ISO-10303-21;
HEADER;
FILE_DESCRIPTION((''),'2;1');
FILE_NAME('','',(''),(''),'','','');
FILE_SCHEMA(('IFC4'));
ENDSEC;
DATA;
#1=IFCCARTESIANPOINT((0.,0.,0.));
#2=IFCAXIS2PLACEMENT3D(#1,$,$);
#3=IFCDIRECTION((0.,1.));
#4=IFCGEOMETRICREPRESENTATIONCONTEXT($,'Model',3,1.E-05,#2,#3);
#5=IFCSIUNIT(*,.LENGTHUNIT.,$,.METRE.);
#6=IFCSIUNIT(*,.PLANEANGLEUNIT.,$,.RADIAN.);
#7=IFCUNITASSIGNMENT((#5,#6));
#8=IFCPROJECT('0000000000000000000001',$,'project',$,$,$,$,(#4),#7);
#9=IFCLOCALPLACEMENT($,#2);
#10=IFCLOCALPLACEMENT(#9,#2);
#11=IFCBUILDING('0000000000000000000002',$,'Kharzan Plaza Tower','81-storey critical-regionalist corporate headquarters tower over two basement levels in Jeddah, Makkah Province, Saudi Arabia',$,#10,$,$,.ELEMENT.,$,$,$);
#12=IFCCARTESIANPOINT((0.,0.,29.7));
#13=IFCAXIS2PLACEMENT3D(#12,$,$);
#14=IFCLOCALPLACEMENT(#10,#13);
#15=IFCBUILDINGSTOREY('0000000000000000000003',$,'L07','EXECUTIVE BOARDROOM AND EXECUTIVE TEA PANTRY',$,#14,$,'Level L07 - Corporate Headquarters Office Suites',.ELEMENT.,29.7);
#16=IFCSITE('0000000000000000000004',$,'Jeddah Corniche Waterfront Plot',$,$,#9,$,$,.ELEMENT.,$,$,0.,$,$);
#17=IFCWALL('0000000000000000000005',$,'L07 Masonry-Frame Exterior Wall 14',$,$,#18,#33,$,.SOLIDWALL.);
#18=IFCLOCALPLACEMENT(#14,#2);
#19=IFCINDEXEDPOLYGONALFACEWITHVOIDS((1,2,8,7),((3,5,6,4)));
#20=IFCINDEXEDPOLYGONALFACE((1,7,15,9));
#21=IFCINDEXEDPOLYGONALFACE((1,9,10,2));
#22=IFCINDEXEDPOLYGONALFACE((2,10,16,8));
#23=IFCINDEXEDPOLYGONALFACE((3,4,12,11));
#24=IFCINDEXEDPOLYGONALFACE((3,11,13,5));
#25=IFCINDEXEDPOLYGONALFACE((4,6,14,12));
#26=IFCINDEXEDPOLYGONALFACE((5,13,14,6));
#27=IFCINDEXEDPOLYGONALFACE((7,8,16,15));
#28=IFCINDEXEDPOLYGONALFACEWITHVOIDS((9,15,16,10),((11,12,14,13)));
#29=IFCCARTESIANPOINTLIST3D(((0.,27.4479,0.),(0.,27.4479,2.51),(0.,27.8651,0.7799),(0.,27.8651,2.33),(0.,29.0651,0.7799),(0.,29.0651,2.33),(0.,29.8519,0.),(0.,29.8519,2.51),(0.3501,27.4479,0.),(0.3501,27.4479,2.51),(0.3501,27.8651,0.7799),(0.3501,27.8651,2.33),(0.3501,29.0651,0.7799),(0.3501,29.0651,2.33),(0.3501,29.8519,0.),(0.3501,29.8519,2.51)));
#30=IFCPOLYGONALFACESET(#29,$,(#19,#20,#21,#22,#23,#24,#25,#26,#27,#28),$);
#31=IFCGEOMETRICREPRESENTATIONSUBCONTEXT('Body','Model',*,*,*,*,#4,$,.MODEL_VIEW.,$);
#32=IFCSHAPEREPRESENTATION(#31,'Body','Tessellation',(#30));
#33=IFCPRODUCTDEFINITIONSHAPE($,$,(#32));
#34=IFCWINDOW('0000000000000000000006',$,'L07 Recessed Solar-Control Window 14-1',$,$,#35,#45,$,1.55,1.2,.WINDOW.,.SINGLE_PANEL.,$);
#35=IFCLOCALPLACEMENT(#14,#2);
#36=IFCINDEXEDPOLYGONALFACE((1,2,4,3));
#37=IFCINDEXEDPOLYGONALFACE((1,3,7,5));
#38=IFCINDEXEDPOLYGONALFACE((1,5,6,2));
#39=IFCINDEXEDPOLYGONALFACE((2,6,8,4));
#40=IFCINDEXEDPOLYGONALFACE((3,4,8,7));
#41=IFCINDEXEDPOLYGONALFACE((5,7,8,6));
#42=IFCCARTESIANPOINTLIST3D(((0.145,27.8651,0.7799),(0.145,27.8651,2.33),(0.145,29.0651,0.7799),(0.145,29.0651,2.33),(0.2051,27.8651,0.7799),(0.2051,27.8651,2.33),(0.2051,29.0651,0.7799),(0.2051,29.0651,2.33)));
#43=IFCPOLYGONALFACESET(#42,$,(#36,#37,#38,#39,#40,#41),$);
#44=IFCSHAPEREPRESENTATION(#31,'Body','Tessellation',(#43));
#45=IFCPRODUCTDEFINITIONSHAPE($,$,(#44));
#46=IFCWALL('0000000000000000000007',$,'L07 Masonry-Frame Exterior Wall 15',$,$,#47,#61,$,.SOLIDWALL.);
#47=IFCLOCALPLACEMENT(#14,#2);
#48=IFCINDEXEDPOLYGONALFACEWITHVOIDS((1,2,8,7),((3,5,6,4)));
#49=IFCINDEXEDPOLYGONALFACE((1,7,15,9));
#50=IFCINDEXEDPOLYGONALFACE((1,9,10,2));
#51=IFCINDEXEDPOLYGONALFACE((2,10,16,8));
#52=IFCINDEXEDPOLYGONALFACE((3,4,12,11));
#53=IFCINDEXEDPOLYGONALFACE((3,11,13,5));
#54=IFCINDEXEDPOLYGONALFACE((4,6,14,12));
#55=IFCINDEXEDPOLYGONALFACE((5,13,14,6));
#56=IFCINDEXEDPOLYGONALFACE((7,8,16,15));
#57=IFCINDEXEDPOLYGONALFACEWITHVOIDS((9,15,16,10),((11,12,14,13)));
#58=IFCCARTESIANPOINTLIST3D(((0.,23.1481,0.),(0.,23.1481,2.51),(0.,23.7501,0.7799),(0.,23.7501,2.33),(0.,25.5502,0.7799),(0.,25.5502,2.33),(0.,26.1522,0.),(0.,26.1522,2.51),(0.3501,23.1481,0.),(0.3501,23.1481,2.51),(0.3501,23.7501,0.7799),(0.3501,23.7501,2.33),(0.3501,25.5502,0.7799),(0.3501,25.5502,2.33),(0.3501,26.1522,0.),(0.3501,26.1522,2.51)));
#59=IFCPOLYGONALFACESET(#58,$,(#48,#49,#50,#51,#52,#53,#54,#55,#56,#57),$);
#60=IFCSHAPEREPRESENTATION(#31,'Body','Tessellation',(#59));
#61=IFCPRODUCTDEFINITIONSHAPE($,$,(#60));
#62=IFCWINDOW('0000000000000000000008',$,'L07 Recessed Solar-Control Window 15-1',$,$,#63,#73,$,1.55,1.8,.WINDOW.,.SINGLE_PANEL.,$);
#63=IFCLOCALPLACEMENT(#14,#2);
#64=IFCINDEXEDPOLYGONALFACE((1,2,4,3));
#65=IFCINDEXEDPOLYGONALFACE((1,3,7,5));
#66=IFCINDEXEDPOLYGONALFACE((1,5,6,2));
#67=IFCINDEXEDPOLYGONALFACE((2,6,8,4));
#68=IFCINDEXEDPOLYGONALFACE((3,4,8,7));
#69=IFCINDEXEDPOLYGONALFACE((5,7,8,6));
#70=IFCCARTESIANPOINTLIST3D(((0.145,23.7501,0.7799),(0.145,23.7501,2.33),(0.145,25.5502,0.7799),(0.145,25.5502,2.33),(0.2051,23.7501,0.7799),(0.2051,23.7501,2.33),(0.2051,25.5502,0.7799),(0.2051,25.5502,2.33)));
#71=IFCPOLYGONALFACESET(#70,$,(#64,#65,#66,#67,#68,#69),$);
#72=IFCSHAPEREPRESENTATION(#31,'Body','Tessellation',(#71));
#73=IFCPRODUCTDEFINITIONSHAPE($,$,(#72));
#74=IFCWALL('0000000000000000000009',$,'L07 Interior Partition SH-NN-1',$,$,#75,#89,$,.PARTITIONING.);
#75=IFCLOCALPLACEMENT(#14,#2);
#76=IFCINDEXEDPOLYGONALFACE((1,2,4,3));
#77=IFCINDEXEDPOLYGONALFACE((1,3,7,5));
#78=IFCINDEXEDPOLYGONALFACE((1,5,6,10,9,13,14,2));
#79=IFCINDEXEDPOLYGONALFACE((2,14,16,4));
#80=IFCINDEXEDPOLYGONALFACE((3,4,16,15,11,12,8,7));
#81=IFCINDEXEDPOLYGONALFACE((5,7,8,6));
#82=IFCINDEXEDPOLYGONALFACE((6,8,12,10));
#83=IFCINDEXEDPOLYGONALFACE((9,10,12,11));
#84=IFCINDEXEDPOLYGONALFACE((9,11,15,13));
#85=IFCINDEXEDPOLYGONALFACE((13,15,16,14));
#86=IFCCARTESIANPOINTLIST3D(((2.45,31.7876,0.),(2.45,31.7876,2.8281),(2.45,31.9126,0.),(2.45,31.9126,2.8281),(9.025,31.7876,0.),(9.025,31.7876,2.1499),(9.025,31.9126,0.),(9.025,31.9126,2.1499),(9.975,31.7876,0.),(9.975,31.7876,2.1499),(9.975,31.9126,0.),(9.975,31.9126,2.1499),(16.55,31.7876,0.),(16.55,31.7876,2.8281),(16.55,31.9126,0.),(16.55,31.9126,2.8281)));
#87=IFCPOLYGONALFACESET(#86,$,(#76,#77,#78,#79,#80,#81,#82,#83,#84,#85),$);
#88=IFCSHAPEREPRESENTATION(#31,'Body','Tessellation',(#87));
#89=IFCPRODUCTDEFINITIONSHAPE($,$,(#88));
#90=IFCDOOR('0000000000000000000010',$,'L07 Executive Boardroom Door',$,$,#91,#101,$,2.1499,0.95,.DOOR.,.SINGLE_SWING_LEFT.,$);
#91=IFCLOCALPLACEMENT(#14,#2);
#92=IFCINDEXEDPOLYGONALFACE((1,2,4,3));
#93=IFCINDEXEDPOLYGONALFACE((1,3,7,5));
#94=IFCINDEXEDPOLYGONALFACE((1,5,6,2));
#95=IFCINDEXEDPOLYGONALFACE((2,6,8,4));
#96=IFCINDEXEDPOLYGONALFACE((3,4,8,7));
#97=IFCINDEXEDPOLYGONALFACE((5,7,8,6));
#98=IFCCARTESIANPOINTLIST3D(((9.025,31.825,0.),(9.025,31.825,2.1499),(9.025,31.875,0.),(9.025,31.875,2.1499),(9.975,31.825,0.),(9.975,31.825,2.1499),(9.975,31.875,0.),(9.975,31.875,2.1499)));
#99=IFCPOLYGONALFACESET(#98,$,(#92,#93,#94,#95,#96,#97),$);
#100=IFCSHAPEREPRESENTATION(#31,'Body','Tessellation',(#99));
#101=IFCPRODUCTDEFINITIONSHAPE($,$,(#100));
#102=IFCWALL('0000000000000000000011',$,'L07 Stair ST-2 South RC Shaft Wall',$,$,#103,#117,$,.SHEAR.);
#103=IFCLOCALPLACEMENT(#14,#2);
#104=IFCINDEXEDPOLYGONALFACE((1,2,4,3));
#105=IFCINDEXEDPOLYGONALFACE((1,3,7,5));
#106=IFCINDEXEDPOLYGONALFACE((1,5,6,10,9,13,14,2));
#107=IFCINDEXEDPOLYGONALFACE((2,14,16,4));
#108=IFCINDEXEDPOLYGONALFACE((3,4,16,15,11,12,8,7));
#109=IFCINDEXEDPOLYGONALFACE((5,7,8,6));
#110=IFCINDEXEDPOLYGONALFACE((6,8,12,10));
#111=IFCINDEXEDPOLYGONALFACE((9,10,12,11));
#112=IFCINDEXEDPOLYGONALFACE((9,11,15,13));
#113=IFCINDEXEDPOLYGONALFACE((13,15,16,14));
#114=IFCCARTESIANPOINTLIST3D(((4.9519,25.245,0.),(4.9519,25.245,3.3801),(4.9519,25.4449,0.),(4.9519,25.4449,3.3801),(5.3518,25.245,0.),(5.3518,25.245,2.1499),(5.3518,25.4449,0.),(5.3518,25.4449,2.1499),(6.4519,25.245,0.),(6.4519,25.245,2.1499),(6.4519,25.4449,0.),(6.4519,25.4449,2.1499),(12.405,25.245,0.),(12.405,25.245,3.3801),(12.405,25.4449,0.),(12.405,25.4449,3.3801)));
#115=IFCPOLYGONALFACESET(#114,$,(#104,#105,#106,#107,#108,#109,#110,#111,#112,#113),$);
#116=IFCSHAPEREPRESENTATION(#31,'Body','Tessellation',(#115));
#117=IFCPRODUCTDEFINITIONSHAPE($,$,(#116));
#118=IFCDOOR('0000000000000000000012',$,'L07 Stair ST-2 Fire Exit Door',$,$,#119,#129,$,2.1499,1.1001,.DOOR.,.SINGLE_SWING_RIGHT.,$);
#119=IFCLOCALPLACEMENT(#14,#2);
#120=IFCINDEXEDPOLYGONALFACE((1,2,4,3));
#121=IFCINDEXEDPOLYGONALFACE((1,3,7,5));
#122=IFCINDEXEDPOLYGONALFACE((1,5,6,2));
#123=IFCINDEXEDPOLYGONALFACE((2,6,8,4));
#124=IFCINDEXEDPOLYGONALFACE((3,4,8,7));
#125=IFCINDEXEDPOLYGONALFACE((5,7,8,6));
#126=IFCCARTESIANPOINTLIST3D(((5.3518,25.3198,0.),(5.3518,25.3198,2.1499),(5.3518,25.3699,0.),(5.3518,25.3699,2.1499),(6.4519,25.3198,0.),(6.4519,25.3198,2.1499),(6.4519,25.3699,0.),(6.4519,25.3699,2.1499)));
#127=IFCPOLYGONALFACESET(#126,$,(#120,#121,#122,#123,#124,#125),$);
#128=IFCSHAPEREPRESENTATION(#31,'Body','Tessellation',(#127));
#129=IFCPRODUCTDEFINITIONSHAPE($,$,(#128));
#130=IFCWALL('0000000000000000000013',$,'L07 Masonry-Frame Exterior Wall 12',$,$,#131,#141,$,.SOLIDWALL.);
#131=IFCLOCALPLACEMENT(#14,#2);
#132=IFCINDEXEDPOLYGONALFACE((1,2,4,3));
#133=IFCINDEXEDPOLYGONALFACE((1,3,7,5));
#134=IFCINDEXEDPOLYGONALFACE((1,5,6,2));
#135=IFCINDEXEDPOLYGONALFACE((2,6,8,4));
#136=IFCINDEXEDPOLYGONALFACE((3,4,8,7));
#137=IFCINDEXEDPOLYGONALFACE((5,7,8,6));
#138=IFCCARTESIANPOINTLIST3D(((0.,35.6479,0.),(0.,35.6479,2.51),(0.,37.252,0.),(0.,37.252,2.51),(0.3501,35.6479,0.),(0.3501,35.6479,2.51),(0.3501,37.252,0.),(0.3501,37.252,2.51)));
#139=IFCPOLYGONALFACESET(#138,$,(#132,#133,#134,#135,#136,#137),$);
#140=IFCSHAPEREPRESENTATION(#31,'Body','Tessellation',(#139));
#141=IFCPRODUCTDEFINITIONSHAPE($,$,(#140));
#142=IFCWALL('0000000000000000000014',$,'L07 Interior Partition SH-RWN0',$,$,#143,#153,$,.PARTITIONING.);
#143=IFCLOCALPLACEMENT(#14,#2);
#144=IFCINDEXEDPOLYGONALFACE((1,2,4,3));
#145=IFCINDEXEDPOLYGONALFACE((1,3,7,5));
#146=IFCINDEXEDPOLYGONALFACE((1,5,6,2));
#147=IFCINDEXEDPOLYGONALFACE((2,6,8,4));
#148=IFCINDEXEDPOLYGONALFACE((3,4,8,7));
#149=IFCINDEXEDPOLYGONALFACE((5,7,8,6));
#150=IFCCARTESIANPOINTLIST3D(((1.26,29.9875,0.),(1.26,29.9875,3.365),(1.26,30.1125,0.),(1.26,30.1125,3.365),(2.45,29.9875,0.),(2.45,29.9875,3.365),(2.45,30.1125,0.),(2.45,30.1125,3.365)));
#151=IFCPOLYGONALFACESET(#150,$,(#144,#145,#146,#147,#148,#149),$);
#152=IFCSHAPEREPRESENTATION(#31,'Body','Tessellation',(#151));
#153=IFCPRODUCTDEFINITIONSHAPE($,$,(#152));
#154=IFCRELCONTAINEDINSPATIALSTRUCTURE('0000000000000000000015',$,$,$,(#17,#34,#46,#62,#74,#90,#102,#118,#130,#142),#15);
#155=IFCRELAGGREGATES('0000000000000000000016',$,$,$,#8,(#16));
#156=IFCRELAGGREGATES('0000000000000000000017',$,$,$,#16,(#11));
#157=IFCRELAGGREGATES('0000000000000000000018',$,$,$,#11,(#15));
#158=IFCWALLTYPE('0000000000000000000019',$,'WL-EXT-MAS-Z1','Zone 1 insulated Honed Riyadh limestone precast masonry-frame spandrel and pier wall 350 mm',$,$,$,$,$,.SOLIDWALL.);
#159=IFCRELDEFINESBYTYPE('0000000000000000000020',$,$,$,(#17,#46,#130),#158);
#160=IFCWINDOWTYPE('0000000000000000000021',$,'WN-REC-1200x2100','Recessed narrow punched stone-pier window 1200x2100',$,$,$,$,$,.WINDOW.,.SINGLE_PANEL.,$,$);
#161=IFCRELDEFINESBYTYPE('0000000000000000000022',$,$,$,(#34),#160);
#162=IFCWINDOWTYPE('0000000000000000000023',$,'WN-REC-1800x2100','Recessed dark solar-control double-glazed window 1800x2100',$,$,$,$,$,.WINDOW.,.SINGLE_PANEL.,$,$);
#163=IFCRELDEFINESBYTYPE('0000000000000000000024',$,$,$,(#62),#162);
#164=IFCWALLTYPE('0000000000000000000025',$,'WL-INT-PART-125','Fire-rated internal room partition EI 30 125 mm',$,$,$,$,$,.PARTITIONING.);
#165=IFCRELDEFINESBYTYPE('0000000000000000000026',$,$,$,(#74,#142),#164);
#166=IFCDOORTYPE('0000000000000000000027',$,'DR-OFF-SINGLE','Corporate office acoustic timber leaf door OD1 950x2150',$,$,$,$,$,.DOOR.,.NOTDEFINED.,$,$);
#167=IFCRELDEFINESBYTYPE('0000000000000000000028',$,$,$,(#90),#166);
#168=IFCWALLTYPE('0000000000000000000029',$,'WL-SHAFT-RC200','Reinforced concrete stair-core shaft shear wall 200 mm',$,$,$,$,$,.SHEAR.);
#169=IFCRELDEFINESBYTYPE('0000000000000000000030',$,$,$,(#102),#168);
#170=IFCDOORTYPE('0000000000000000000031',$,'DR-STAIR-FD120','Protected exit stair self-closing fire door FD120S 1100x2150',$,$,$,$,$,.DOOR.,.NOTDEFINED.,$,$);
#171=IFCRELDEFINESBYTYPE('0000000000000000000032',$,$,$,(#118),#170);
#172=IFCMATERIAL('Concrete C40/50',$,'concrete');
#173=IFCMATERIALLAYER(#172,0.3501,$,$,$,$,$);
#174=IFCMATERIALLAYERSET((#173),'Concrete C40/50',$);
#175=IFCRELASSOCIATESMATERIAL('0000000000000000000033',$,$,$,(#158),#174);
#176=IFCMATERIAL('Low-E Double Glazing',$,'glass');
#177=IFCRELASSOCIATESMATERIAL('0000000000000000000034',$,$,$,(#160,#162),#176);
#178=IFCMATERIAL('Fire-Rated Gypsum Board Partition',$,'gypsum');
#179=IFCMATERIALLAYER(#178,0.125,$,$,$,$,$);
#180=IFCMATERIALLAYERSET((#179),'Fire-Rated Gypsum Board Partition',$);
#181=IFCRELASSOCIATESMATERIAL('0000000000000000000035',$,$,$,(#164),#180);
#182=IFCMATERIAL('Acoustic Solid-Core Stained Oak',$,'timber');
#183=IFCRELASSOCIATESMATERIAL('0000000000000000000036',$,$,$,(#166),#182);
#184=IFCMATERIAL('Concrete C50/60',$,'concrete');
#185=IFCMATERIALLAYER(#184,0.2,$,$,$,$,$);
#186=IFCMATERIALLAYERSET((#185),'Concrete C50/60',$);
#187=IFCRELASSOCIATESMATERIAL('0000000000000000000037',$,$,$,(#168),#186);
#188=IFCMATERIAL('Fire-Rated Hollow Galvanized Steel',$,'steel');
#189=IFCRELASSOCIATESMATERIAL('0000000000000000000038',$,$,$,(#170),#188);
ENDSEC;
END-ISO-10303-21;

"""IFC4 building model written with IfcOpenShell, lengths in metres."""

from ifc_helpers import new_model, si_unit, direction, frame, frame_2d, origin, place, context, subcontext, project, spatial, rectangle, extrude, source, transform, mapped, material, layer, layer_set, type_object, element, fill, save


model = new_model("IFC4")

# Units and contexts
model_context = context("Model", 3, precision=1e-05, world=origin(), true_north=direction((0.0, 1.0)))
body_context = subcontext(model_context, "Body", "Model", "MODEL_VIEW")
ifc_project = project(units=[si_unit("LENGTHUNIT", "METRE"), si_unit("PLANEANGLEUNIT", "RADIAN")], contexts=[model_context])

# Site, building, storey
site_placement = place(None, origin())
site = spatial("IfcSite", under=ifc_project, at=site_placement, Name="Jeddah Corniche Waterfront Plot", CompositionType="ELEMENT", RefElevation=0.0)
building_placement = place(site_placement, origin())
building = spatial("IfcBuilding", under=site, at=building_placement, Name="Kharzan Plaza Tower", Description="81-storey critical-regionalist corporate headquarters tower over two basement levels in Jeddah, Makkah Province, Saudi Arabia", CompositionType="ELEMENT")
storey_placement = place(building_placement, frame((0.0, 0.0, 29.7)))
storey = spatial("IfcBuildingStorey", under=building, at=storey_placement, Name="L07", Description="EXECUTIVE BOARDROOM AND EXECUTIVE TEA PANTRY", LongName="Level L07 - Corporate Headquarters Office Suites", CompositionType="ELEMENT", Elevation=29.7)

# Walls, openings, windows
ifc_material_1 = material(Name="Concrete C40/50", Category="concrete")
ifc_layer_1 = layer(ifc_material_1, 0.3501)
ifc_layer_set_1 = layer_set([ifc_layer_1], Name="Concrete C40/50")
wall_type_1 = type_object("IfcWallType", Name="WL-EXT-MAS-Z1", Description="Zone 1 insulated Honed Riyadh limestone precast masonry-frame spandrel and pier wall 350 mm", PredefinedType="SOLIDWALL", material=ifc_layer_set_1)
ifc_material_2 = material(Name="Low-E Double Glazing", Category="glass")
window_type_1 = type_object("IfcWindowType", Name="WN-REC-1200x2100", Description="Recessed narrow punched stone-pier window 1200x2100", PartitioningType="SINGLE_PANEL", PredefinedType="WINDOW", material=ifc_material_2)
shared_shape_1 = source(origin(), body_context, "Body", "SweptSolid", [
    extrude(rectangle(XDim=1.2, YDim=1.55, at=frame_2d((0.6001, 0.7749))), frame((0.0, 0.03, 0.0), z_axis=(0.0, -1.0, 0.0), x_axis=(1.0, 0.0, 0.0)), (0.0, 0.0, 1.0), 0.0601),
])
wall_1_placement = place(storey_placement, frame((0.175, 29.8521, 0.0), z_axis=(0.0, 0.0, 1.0), x_axis=(0.0, -1.0, 0.0)))
wall_1 = element("IfcWall", 1, at=wall_1_placement, inside=storey, type_object=wall_type_1, Name="L07 Masonry-Frame Exterior Wall 14", PredefinedType="SOLIDWALL", context=body_context, shape_type="SweptSolid", body=[
    extrude(rectangle(XDim=2.4041, YDim=0.3501, at=frame_2d((1.2021, 0.0))), origin(), (0.0, 0.0, 1.0), 2.51),
])
opening_1_placement = place(wall_1_placement, frame((0.7869, 0.0, 0.78)))
opening_1 = element("IfcOpeningElement", 2, at=opening_1_placement, cuts=wall_1, PredefinedType="OPENING", context=body_context, shape_type="SweptSolid", body=[
    extrude(rectangle(XDim=1.2, YDim=1.55, at=frame_2d((0.6001, 0.7749))), frame((0.0, 0.1851, 0.0), z_axis=(0.0, -1.0, 0.0), x_axis=(1.0, 0.0, 0.0)), (0.0, 0.0, 1.0), 0.3701),
])
window_1_placement = place(opening_1_placement, origin())
window_1 = element("IfcWindow", 3, at=window_1_placement, inside=storey, type_object=window_type_1, Name="L07 Recessed Solar-Control Window 14-1", OverallHeight=1.55, OverallWidth=1.2, PartitioningType="SINGLE_PANEL", PredefinedType="WINDOW", context=body_context, shape_type="MappedRepresentation", body=[
    mapped(shared_shape_1, transform((0.0, 0.0, 0.0), x_axis=(1.0, 0.0, 0.0), y_axis=(0.0, 1.0, 0.0), z_axis=(0.0, 0.0, 1.0))),
])
fill(opening_1, window_1)
wall_2_placement = place(storey_placement, frame((0.175, 26.1521, 0.0), z_axis=(0.0, 0.0, 1.0), x_axis=(0.0, -1.0, 0.0)))
wall_2 = element("IfcWall", 4, at=wall_2_placement, inside=storey, type_object=wall_type_1, Name="L07 Masonry-Frame Exterior Wall 15", PredefinedType="SOLIDWALL", context=body_context, shape_type="SweptSolid", body=[
    extrude(rectangle(XDim=3.0042, YDim=0.3501, at=frame_2d((1.502, 0.0))), origin(), (0.0, 0.0, 1.0), 2.51),
])
opening_2_placement = place(wall_2_placement, frame((0.6021, 0.0, 0.78)))
opening_2 = element("IfcOpeningElement", 5, at=opening_2_placement, cuts=wall_2, PredefinedType="OPENING", context=body_context, shape_type="SweptSolid", body=[
    extrude(rectangle(XDim=1.8, YDim=1.55, at=frame_2d((0.8999, 0.7749))), frame((0.0, 0.1851, 0.0), z_axis=(0.0, -1.0, 0.0), x_axis=(1.0, 0.0, 0.0)), (0.0, 0.0, 1.0), 0.3701),
])
window_type_2 = type_object("IfcWindowType", Name="WN-REC-1800x2100", Description="Recessed dark solar-control double-glazed window 1800x2100", PartitioningType="SINGLE_PANEL", PredefinedType="WINDOW", material=ifc_material_2)
shared_shape_2 = source(origin(), body_context, "Body", "SweptSolid", [
    extrude(rectangle(XDim=1.8, YDim=1.55, at=frame_2d((0.8999, 0.7749))), frame((0.0, 0.03, 0.0), z_axis=(0.0, -1.0, 0.0), x_axis=(1.0, 0.0, 0.0)), (0.0, 0.0, 1.0), 0.0601),
])
window_2_placement = place(opening_2_placement, origin())
window_2 = element("IfcWindow", 6, at=window_2_placement, inside=storey, type_object=window_type_2, Name="L07 Recessed Solar-Control Window 15-1", OverallHeight=1.55, OverallWidth=1.8, PartitioningType="SINGLE_PANEL", PredefinedType="WINDOW", context=body_context, shape_type="MappedRepresentation", body=[
    mapped(shared_shape_2, transform((0.0, 0.0, 0.0), x_axis=(1.0, 0.0, 0.0), y_axis=(0.0, 1.0, 0.0), z_axis=(0.0, 0.0, 1.0))),
])
fill(opening_2, window_2)

# Walls, openings, doors
ifc_material_3 = material(Name="Fire-Rated Gypsum Board Partition", Category="gypsum")
ifc_layer_2 = layer(ifc_material_3, 0.125)
ifc_layer_set_2 = layer_set([ifc_layer_2], Name="Fire-Rated Gypsum Board Partition")
wall_type_2 = type_object("IfcWallType", Name="WL-INT-PART-125", Description="Fire-rated internal room partition EI 30 125 mm", PredefinedType="PARTITIONING", material=ifc_layer_set_2)
wall_3_placement = place(storey_placement, frame((2.45, 31.8501, 0.0), z_axis=(0.0, 0.0, 1.0), x_axis=(1.0, 0.0, 0.0)))
wall_3 = element("IfcWall", 7, at=wall_3_placement, inside=storey, type_object=wall_type_2, Name="L07 Interior Partition SH-NN-1", PredefinedType="PARTITIONING", context=body_context, shape_type="SweptSolid", body=[
    extrude(rectangle(XDim=14.1001, YDim=0.125, at=frame_2d((7.05, 0.0))), origin(), (0.0, 0.0, 1.0), 2.8281),
])
opening_3_placement = place(wall_3_placement, frame((6.575, 0.0, 0.0)))
opening_3 = element("IfcOpeningElement", 8, at=opening_3_placement, cuts=wall_3, PredefinedType="OPENING", context=body_context, shape_type="SweptSolid", body=[
    extrude(rectangle(XDim=0.95, YDim=2.1499, at=frame_2d((0.4751, 1.075))), frame((0.0, 0.0725, 0.0), z_axis=(0.0, -1.0, 0.0), x_axis=(1.0, 0.0, 0.0)), (0.0, 0.0, 1.0), 0.145),
])
ifc_material_4 = material(Name="Acoustic Solid-Core Stained Oak", Category="timber")
door_type_1 = type_object("IfcDoorType", Name="DR-OFF-SINGLE", Description="Corporate office acoustic timber leaf door OD1 950x2150", OperationType="NOTDEFINED", PredefinedType="DOOR", material=ifc_material_4)
shared_shape_3 = source(origin(), body_context, "Body", "SweptSolid", [
    extrude(rectangle(XDim=0.95, YDim=2.1499, at=frame_2d((0.4751, 1.075))), frame((0.0, 0.0249, 0.0), z_axis=(0.0, -1.0, 0.0), x_axis=(1.0, 0.0, 0.0)), (0.0, 0.0, 1.0), 0.05),
])
door_1_placement = place(opening_3_placement, origin())
door_1 = element("IfcDoor", 9, at=door_1_placement, inside=storey, type_object=door_type_1, Name="L07 Executive Boardroom Door", OperationType="SINGLE_SWING_LEFT", OverallHeight=2.1499, OverallWidth=0.95, PredefinedType="DOOR", context=body_context, shape_type="MappedRepresentation", body=[
    mapped(shared_shape_3, transform((0.0, 0.0, 0.0), x_axis=(1.0, 0.0, 0.0), y_axis=(0.0, 1.0, 0.0), z_axis=(0.0, 0.0, 1.0))),
])
fill(opening_3, door_1)
ifc_material_5 = material(Name="Concrete C50/60", Category="concrete")
ifc_layer_3 = layer(ifc_material_5, 0.2)
ifc_layer_set_3 = layer_set([ifc_layer_3], Name="Concrete C50/60")
wall_type_3 = type_object("IfcWallType", Name="WL-SHAFT-RC200", Description="Reinforced concrete stair-core shaft shear wall 200 mm", PredefinedType="SHEAR", material=ifc_layer_set_3)
wall_4_placement = place(storey_placement, frame((4.9519, 25.345, 0.0), z_axis=(0.0, 0.0, 1.0), x_axis=(1.0, 0.0, 0.0)))
wall_4 = element("IfcWall", 10, at=wall_4_placement, inside=storey, type_object=wall_type_3, Name="L07 Stair ST-2 South RC Shaft Wall", PredefinedType="SHEAR", context=body_context, shape_type="SweptSolid", body=[
    extrude(rectangle(XDim=7.4531, YDim=0.2, at=frame_2d((3.7266, 0.0))), origin(), (0.0, 0.0, 1.0), 3.3801),
])
opening_4_placement = place(wall_4_placement, frame((0.3999, 0.0, 0.0)))
opening_4 = element("IfcOpeningElement", 11, at=opening_4_placement, cuts=wall_4, PredefinedType="OPENING", context=body_context, shape_type="SweptSolid", body=[
    extrude(rectangle(XDim=1.1001, YDim=2.1499, at=frame_2d((0.55, 1.075))), frame((0.0, 0.1099, 0.0), z_axis=(0.0, -1.0, 0.0), x_axis=(1.0, 0.0, 0.0)), (0.0, 0.0, 1.0), 0.22),
])
ifc_material_6 = material(Name="Fire-Rated Hollow Galvanized Steel", Category="steel")
door_type_2 = type_object("IfcDoorType", Name="DR-STAIR-FD120", Description="Protected exit stair self-closing fire door FD120S 1100x2150", OperationType="NOTDEFINED", PredefinedType="DOOR", material=ifc_material_6)
shared_shape_4 = source(origin(), body_context, "Body", "SweptSolid", [
    extrude(rectangle(XDim=1.1001, YDim=2.1499, at=frame_2d((0.55, 1.075))), frame((0.0, 0.0249, 0.0), z_axis=(0.0, -1.0, 0.0), x_axis=(1.0, 0.0, 0.0)), (0.0, 0.0, 1.0), 0.05),
])
door_2_placement = place(opening_4_placement, origin())
door_2 = element("IfcDoor", 12, at=door_2_placement, inside=storey, type_object=door_type_2, Name="L07 Stair ST-2 Fire Exit Door", OperationType="SINGLE_SWING_RIGHT", OverallHeight=2.1499, OverallWidth=1.1001, PredefinedType="DOOR", context=body_context, shape_type="MappedRepresentation", body=[
    mapped(shared_shape_4, transform((0.0, 0.0, 0.0), x_axis=(1.0, 0.0, 0.0), y_axis=(0.0, 1.0, 0.0), z_axis=(0.0, 0.0, 1.0))),
])
fill(opening_4, door_2)

# Walls
shared_shape_5 = source(origin(), body_context, "Body", "SweptSolid", [
    extrude(rectangle(XDim=1.604, YDim=0.3501, at=frame_2d((0.802, 0.0))), origin(), (0.0, 0.0, 1.0), 2.51),
])
wall_5_placement = place(storey_placement, frame((0.175, 37.252, 0.0), z_axis=(0.0, 0.0, 1.0), x_axis=(0.0, -1.0, 0.0)))
element("IfcWall", 13, at=wall_5_placement, inside=storey, type_object=wall_type_1, Name="L07 Masonry-Frame Exterior Wall 12", PredefinedType="SOLIDWALL", context=body_context, shape_type="MappedRepresentation", body=[
    mapped(shared_shape_5, transform((0.0, 0.0, 0.0), x_axis=(1.0, 0.0, 0.0), y_axis=(0.0, 1.0, 0.0), z_axis=(0.0, 0.0, 1.0))),
])
shared_shape_6 = source(origin(), body_context, "Body", "SweptSolid", [
    extrude(rectangle(XDim=1.1899, YDim=0.125, at=frame_2d((0.595, 0.0))), origin(), (0.0, 0.0, 1.0), 3.365),
])
wall_6_placement = place(storey_placement, frame((1.26, 30.05, 0.0), z_axis=(0.0, 0.0, 1.0), x_axis=(1.0, 0.0, 0.0)))
element("IfcWall", 14, at=wall_6_placement, inside=storey, type_object=wall_type_2, Name="L07 Interior Partition SH-RWN0", PredefinedType="PARTITIONING", context=body_context, shape_type="MappedRepresentation", body=[
    mapped(shared_shape_6, transform((0.0, 0.0, 0.0), x_axis=(1.0, 0.0, 0.0), y_axis=(0.0, 1.0, 0.0), z_axis=(0.0, 0.0, 1.0))),
])

save(model, "model.ifc")
